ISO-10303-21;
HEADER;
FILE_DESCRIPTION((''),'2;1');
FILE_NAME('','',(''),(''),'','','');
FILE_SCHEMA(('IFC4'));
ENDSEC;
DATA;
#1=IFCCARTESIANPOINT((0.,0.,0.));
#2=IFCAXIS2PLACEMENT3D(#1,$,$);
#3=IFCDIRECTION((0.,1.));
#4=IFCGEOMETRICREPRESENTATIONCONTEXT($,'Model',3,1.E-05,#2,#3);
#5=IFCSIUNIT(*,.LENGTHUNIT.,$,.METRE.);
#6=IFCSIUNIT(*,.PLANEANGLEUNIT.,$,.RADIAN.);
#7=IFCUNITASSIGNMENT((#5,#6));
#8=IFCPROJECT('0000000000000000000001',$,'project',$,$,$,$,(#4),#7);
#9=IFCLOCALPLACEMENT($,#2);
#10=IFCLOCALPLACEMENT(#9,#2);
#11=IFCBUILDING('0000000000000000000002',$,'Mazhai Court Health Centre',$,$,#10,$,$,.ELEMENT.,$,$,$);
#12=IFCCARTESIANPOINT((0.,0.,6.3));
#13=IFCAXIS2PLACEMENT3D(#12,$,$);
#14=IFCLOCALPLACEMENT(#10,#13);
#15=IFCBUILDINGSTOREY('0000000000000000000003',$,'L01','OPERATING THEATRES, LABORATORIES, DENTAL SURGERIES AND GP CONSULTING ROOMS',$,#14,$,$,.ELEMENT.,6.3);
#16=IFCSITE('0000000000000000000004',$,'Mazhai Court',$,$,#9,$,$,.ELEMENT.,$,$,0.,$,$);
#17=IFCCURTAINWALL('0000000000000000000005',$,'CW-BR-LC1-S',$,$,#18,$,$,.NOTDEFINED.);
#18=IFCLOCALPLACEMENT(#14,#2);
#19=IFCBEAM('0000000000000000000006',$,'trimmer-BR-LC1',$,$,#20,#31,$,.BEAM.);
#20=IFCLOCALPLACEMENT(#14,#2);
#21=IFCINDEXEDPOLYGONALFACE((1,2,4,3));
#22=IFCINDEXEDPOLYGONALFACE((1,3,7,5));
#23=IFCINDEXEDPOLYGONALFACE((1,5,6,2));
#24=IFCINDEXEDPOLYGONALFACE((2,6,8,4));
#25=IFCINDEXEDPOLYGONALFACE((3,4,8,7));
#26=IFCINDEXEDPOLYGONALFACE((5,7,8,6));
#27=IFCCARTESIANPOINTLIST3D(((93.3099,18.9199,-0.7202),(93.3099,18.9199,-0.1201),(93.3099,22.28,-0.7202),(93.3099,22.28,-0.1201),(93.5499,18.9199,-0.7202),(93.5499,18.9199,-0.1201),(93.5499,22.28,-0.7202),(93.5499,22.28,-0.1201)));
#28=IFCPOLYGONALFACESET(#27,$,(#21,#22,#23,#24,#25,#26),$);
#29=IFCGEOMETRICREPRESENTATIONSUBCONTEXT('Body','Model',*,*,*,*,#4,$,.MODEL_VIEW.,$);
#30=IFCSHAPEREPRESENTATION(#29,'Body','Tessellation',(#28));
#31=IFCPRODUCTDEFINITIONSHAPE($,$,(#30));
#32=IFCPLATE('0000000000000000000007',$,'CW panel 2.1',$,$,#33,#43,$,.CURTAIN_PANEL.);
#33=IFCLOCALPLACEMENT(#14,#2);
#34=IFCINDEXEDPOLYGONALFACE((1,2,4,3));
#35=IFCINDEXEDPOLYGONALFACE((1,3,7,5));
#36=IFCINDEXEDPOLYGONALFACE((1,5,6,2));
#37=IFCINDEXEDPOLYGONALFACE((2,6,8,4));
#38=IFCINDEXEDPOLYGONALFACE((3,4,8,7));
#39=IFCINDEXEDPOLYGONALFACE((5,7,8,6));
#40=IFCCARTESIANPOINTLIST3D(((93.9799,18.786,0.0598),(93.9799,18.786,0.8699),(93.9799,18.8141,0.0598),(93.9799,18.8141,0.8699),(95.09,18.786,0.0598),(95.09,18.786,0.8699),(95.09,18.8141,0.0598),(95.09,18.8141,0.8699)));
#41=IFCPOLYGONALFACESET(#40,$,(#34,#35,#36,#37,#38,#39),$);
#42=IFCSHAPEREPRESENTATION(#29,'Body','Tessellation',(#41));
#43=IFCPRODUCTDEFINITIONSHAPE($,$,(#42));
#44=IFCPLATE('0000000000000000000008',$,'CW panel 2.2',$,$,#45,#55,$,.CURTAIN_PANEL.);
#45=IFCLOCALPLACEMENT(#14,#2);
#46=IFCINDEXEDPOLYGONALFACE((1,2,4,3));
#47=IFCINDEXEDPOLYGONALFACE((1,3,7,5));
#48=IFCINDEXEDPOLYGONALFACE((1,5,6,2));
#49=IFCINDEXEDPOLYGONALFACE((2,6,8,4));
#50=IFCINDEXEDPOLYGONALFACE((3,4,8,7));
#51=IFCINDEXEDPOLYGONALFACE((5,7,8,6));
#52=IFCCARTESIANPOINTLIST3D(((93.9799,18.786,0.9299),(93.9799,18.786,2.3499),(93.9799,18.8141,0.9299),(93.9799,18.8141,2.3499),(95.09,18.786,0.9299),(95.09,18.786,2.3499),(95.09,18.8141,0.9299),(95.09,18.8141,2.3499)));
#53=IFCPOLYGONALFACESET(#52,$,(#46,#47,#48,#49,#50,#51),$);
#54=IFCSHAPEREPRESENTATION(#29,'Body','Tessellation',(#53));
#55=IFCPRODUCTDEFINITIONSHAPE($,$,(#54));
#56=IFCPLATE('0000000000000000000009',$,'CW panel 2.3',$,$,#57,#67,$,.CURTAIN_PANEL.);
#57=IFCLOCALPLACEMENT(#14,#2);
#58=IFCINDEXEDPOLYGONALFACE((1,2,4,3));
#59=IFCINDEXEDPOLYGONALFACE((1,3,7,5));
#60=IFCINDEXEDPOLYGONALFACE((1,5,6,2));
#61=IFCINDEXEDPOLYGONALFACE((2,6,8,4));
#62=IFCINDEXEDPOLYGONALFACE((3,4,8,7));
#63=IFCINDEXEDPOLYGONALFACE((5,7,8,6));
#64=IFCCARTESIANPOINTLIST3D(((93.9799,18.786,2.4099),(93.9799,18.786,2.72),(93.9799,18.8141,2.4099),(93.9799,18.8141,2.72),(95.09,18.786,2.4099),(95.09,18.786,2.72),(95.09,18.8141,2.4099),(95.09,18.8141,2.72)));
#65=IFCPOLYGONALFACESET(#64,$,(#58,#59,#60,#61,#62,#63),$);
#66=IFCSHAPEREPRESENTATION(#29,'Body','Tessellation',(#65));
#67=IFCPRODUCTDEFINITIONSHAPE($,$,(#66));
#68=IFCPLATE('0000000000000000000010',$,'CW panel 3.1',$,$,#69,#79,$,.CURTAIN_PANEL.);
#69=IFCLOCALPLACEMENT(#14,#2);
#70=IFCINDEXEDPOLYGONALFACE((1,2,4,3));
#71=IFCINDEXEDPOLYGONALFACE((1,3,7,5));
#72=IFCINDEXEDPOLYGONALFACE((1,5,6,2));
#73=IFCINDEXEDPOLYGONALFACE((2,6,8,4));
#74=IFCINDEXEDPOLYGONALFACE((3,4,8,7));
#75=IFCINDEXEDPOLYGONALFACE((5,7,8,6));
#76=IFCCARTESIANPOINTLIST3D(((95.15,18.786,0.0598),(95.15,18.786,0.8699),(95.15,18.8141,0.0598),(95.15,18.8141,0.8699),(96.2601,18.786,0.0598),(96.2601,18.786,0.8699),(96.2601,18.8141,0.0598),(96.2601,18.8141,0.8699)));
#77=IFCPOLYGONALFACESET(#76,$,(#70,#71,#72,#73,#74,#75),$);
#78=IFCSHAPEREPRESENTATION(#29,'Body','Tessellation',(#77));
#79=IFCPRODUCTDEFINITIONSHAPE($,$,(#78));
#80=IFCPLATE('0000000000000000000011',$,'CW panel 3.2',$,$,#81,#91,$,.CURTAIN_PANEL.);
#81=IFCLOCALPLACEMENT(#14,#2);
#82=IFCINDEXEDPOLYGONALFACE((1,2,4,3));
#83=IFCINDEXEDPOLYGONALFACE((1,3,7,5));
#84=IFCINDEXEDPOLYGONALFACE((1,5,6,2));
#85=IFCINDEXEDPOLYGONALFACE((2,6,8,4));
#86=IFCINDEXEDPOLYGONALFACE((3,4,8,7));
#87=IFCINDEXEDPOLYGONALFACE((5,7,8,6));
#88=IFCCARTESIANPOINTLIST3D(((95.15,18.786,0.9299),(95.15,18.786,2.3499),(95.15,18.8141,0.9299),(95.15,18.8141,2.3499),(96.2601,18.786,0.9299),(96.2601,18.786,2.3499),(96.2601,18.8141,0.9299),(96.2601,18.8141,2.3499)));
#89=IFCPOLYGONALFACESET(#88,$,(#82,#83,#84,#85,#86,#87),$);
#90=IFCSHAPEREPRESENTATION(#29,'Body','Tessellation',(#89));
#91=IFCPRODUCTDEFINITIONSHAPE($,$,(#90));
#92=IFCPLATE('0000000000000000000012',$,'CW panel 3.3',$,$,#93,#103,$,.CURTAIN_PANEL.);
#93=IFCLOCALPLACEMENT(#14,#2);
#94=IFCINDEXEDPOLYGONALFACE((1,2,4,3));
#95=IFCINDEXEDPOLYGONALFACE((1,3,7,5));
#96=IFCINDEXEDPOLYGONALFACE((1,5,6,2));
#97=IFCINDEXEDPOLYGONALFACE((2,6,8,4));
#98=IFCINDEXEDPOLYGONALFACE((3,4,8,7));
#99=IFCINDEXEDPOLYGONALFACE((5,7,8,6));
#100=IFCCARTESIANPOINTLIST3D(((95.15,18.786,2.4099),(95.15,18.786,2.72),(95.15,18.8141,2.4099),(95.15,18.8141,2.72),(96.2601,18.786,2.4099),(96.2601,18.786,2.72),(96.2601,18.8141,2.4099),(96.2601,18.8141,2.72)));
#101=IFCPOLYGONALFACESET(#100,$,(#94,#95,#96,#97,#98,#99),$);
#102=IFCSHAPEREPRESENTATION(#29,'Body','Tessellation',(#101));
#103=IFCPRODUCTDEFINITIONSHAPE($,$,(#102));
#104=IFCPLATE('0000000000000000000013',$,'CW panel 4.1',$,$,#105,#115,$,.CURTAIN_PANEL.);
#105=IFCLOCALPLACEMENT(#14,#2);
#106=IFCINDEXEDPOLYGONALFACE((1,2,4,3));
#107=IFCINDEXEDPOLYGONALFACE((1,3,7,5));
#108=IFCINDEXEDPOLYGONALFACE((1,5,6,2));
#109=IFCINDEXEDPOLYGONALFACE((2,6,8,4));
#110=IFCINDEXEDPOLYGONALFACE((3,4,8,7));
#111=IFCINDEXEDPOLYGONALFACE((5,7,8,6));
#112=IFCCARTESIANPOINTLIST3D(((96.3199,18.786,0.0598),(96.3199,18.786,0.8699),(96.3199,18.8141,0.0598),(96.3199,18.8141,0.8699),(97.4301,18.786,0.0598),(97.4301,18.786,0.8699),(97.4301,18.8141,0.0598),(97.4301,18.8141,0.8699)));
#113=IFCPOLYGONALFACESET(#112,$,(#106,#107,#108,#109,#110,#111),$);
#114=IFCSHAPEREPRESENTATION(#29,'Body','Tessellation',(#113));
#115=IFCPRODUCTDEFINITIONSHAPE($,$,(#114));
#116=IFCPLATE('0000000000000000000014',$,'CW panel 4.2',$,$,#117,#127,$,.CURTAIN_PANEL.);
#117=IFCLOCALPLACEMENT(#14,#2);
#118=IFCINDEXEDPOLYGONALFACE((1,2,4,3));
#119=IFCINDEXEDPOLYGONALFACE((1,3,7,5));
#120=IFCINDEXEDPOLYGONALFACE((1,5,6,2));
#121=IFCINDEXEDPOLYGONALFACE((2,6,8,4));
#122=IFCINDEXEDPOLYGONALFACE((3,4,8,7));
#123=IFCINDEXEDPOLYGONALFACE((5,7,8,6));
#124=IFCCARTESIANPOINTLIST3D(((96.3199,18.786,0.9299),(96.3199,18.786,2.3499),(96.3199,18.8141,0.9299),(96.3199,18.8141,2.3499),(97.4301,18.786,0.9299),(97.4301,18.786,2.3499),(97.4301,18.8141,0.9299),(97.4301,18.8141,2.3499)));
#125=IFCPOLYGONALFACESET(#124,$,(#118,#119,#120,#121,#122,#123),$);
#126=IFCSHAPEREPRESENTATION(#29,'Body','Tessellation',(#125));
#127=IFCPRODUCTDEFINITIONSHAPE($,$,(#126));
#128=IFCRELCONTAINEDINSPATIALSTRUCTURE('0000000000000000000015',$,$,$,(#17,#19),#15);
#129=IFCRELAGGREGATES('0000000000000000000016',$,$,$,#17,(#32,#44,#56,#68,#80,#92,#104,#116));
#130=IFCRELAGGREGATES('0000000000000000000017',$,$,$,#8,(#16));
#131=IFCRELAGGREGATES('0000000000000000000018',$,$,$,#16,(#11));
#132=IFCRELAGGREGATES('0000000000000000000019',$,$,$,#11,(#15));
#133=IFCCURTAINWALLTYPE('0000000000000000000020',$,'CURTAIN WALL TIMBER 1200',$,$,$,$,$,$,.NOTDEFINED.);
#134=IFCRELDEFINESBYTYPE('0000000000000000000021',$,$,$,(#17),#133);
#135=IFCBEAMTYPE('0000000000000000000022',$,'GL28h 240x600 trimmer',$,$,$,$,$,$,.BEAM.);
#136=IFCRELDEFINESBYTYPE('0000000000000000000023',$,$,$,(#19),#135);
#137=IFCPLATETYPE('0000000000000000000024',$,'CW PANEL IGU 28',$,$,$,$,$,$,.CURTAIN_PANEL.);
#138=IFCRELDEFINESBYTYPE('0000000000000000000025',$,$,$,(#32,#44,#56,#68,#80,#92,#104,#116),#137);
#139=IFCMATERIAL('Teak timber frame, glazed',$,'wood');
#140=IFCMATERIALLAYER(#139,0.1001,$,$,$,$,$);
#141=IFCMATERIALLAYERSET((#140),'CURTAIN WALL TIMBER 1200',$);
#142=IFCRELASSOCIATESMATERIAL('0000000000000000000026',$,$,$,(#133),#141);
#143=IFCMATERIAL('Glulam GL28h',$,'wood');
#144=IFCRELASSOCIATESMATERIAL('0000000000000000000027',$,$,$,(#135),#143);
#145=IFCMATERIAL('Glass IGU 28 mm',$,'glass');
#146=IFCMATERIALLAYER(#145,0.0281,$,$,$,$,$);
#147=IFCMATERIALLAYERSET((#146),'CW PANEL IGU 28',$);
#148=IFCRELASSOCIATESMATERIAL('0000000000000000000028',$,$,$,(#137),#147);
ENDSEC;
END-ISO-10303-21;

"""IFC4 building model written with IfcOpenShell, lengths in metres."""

from ifc_helpers import new_model, si_unit, direction, frame, origin, origin_2d, place, context, subcontext, project, spatial, rectangle, extrude, material, layer, layer_set, material_profile, profile_set, type_object, element, aggregate, save


model = new_model("IFC4")

# Units and contexts
model_context = context("Model", 3, precision=1e-05, world=origin(), true_north=direction((0.0, 1.0)))
body_context = subcontext(model_context, "Body", "Model", "MODEL_VIEW")
ifc_project = project(units=[si_unit("LENGTHUNIT", "METRE"), si_unit("PLANEANGLEUNIT", "RADIAN")], contexts=[model_context])

# Site, building, storey
site_placement = place(None, origin())
site = spatial("IfcSite", under=ifc_project, at=site_placement, Name="Mazhai Court", CompositionType="ELEMENT", RefElevation=0.0)
building_placement = place(site_placement, origin())
building = spatial("IfcBuilding", under=site, at=building_placement, Name="Mazhai Court Health Centre", CompositionType="ELEMENT")
storey_placement = place(building_placement, frame((0.0, 0.0, 6.3)))
storey = spatial("IfcBuildingStorey", under=building, at=storey_placement, Name="L01", Description="OPERATING THEATRES, LABORATORIES, DENTAL SURGERIES AND GP CONSULTING ROOMS", CompositionType="ELEMENT", Elevation=6.3)

# Curtain wall
ifc_material_1 = material(Name="Teak timber frame, glazed", Category="wood")
ifc_layer_1 = layer(ifc_material_1, 0.1001)
ifc_layer_set_1 = layer_set([ifc_layer_1], Name="CURTAIN WALL TIMBER 1200")
curtain_wall_type = type_object("IfcCurtainWallType", Name="CURTAIN WALL TIMBER 1200", PredefinedType="NOTDEFINED", material=ifc_layer_set_1)
curtain_wall_1_placement = place(storey_placement, origin())
curtain_wall_1 = element("IfcCurtainWall", 1, at=curtain_wall_1_placement, inside=storey, type_object=curtain_wall_type, Name="CW-BR-LC1-S", PredefinedType="NOTDEFINED")

# Beam
ifc_material_2 = material(Name="Glulam GL28h", Category="wood")
ifc_material_profile_1 = material_profile(ifc_material_2, rectangle(XDim=0.24, YDim=0.6001, at=origin_2d()), Name="GL28h 240x600")
ifc_profile_set_1 = profile_set([ifc_material_profile_1], Name="Glulam GL28h")
beam_type = type_object("IfcBeamType", Name="GL28h 240x600 trimmer", PredefinedType="BEAM", material=ifc_profile_set_1)
beam_placement = place(storey_placement, frame((93.4299, 18.9199, -0.4202), z_axis=(0.0, 1.0, 0.0), x_axis=(-1.0, 0.0, 0.0)))
element("IfcBeam", 2, at=beam_placement, inside=storey, type_object=beam_type, Name="trimmer-BR-LC1", PredefinedType="BEAM", context=body_context, shape_type="SweptSolid", body=[
    extrude(rectangle(XDim=0.24, YDim=0.6001, at=origin_2d()), origin(), (0.0, 0.0, 1.0), 3.3601),
])

# Plates
ifc_material_3 = material(Name="Glass IGU 28 mm", Category="glass")
ifc_layer_2 = layer(ifc_material_3, 0.0281)
ifc_layer_set_2 = layer_set([ifc_layer_2], Name="CW PANEL IGU 28")
plate_type = type_object("IfcPlateType", Name="CW PANEL IGU 28", PredefinedType="CURTAIN_PANEL", material=ifc_layer_set_2)
plate_1_placement = place(storey_placement, frame((94.5349, 18.8, 0.0598), z_axis=(0.0, 0.0, 1.0), x_axis=(1.0, 0.0, 0.0)))
plate_1 = element("IfcPlate", 3, at=plate_1_placement, type_object=plate_type, Name="CW panel 2.1", PredefinedType="CURTAIN_PANEL", context=body_context, shape_type="SweptSolid", body=[
    extrude(rectangle(XDim=1.1101, YDim=0.0281, at=origin_2d()), origin(), (0.0, 0.0, 1.0), 0.8101),
])
plate_2_placement = place(storey_placement, frame((94.5349, 18.8, 0.9299), z_axis=(0.0, 0.0, 1.0), x_axis=(1.0, 0.0, 0.0)))
plate_2 = element("IfcPlate", 4, at=plate_2_placement, type_object=plate_type, Name="CW panel 2.2", PredefinedType="CURTAIN_PANEL", context=body_context, shape_type="SweptSolid", body=[
    extrude(rectangle(XDim=1.1101, YDim=0.0281, at=origin_2d()), origin(), (0.0, 0.0, 1.0), 1.4199),
])
plate_3_placement = place(storey_placement, frame((94.5349, 18.8, 2.4099), z_axis=(0.0, 0.0, 1.0), x_axis=(1.0, 0.0, 0.0)))
plate_3 = element("IfcPlate", 5, at=plate_3_placement, type_object=plate_type, Name="CW panel 2.3", PredefinedType="CURTAIN_PANEL", context=body_context, shape_type="SweptSolid", body=[
    extrude(rectangle(XDim=1.1101, YDim=0.0281, at=origin_2d()), origin(), (0.0, 0.0, 1.0), 0.3101),
])
plate_4_placement = place(storey_placement, frame((95.7051, 18.8, 0.0598), z_axis=(0.0, 0.0, 1.0), x_axis=(1.0, 0.0, 0.0)))
plate_4 = element("IfcPlate", 6, at=plate_4_placement, type_object=plate_type, Name="CW panel 3.1", PredefinedType="CURTAIN_PANEL", context=body_context, shape_type="SweptSolid", body=[
    extrude(rectangle(XDim=1.1101, YDim=0.0281, at=origin_2d()), origin(), (0.0, 0.0, 1.0), 0.8101),
])
plate_5_placement = place(storey_placement, frame((95.7051, 18.8, 0.9299), z_axis=(0.0, 0.0, 1.0), x_axis=(1.0, 0.0, 0.0)))
plate_5 = element("IfcPlate", 7, at=plate_5_placement, type_object=plate_type, Name="CW panel 3.2", PredefinedType="CURTAIN_PANEL", context=body_context, shape_type="SweptSolid", body=[
    extrude(rectangle(XDim=1.1101, YDim=0.0281, at=origin_2d()), origin(), (0.0, 0.0, 1.0), 1.4199),
])
plate_6_placement = place(storey_placement, frame((95.7051, 18.8, 2.4099), z_axis=(0.0, 0.0, 1.0), x_axis=(1.0, 0.0, 0.0)))
plate_6 = element("IfcPlate", 8, at=plate_6_placement, type_object=plate_type, Name="CW panel 3.3", PredefinedType="CURTAIN_PANEL", context=body_context, shape_type="SweptSolid", body=[
    extrude(rectangle(XDim=1.1101, YDim=0.0281, at=origin_2d()), origin(), (0.0, 0.0, 1.0), 0.3101),
])
plate_7_placement = place(storey_placement, frame((96.875, 18.8, 0.0598), z_axis=(0.0, 0.0, 1.0), x_axis=(1.0, 0.0, 0.0)))
plate_7 = element("IfcPlate", 9, at=plate_7_placement, type_object=plate_type, Name="CW panel 4.1", PredefinedType="CURTAIN_PANEL", context=body_context, shape_type="SweptSolid", body=[
    extrude(rectangle(XDim=1.1101, YDim=0.0281, at=origin_2d()), origin(), (0.0, 0.0, 1.0), 0.8101),
])
plate_8_placement = place(storey_placement, frame((96.875, 18.8, 0.9299), z_axis=(0.0, 0.0, 1.0), x_axis=(1.0, 0.0, 0.0)))
plate_8 = element("IfcPlate", 10, at=plate_8_placement, type_object=plate_type, Name="CW panel 4.2", PredefinedType="CURTAIN_PANEL", context=body_context, shape_type="SweptSolid", body=[
    extrude(rectangle(XDim=1.1101, YDim=0.0281, at=origin_2d()), origin(), (0.0, 0.0, 1.0), 1.4199),
])
aggregate(curtain_wall_1, [plate_1, plate_2, plate_3, plate_4, plate_5, plate_6, plate_7, plate_8])

save(model, "model.ifc")
